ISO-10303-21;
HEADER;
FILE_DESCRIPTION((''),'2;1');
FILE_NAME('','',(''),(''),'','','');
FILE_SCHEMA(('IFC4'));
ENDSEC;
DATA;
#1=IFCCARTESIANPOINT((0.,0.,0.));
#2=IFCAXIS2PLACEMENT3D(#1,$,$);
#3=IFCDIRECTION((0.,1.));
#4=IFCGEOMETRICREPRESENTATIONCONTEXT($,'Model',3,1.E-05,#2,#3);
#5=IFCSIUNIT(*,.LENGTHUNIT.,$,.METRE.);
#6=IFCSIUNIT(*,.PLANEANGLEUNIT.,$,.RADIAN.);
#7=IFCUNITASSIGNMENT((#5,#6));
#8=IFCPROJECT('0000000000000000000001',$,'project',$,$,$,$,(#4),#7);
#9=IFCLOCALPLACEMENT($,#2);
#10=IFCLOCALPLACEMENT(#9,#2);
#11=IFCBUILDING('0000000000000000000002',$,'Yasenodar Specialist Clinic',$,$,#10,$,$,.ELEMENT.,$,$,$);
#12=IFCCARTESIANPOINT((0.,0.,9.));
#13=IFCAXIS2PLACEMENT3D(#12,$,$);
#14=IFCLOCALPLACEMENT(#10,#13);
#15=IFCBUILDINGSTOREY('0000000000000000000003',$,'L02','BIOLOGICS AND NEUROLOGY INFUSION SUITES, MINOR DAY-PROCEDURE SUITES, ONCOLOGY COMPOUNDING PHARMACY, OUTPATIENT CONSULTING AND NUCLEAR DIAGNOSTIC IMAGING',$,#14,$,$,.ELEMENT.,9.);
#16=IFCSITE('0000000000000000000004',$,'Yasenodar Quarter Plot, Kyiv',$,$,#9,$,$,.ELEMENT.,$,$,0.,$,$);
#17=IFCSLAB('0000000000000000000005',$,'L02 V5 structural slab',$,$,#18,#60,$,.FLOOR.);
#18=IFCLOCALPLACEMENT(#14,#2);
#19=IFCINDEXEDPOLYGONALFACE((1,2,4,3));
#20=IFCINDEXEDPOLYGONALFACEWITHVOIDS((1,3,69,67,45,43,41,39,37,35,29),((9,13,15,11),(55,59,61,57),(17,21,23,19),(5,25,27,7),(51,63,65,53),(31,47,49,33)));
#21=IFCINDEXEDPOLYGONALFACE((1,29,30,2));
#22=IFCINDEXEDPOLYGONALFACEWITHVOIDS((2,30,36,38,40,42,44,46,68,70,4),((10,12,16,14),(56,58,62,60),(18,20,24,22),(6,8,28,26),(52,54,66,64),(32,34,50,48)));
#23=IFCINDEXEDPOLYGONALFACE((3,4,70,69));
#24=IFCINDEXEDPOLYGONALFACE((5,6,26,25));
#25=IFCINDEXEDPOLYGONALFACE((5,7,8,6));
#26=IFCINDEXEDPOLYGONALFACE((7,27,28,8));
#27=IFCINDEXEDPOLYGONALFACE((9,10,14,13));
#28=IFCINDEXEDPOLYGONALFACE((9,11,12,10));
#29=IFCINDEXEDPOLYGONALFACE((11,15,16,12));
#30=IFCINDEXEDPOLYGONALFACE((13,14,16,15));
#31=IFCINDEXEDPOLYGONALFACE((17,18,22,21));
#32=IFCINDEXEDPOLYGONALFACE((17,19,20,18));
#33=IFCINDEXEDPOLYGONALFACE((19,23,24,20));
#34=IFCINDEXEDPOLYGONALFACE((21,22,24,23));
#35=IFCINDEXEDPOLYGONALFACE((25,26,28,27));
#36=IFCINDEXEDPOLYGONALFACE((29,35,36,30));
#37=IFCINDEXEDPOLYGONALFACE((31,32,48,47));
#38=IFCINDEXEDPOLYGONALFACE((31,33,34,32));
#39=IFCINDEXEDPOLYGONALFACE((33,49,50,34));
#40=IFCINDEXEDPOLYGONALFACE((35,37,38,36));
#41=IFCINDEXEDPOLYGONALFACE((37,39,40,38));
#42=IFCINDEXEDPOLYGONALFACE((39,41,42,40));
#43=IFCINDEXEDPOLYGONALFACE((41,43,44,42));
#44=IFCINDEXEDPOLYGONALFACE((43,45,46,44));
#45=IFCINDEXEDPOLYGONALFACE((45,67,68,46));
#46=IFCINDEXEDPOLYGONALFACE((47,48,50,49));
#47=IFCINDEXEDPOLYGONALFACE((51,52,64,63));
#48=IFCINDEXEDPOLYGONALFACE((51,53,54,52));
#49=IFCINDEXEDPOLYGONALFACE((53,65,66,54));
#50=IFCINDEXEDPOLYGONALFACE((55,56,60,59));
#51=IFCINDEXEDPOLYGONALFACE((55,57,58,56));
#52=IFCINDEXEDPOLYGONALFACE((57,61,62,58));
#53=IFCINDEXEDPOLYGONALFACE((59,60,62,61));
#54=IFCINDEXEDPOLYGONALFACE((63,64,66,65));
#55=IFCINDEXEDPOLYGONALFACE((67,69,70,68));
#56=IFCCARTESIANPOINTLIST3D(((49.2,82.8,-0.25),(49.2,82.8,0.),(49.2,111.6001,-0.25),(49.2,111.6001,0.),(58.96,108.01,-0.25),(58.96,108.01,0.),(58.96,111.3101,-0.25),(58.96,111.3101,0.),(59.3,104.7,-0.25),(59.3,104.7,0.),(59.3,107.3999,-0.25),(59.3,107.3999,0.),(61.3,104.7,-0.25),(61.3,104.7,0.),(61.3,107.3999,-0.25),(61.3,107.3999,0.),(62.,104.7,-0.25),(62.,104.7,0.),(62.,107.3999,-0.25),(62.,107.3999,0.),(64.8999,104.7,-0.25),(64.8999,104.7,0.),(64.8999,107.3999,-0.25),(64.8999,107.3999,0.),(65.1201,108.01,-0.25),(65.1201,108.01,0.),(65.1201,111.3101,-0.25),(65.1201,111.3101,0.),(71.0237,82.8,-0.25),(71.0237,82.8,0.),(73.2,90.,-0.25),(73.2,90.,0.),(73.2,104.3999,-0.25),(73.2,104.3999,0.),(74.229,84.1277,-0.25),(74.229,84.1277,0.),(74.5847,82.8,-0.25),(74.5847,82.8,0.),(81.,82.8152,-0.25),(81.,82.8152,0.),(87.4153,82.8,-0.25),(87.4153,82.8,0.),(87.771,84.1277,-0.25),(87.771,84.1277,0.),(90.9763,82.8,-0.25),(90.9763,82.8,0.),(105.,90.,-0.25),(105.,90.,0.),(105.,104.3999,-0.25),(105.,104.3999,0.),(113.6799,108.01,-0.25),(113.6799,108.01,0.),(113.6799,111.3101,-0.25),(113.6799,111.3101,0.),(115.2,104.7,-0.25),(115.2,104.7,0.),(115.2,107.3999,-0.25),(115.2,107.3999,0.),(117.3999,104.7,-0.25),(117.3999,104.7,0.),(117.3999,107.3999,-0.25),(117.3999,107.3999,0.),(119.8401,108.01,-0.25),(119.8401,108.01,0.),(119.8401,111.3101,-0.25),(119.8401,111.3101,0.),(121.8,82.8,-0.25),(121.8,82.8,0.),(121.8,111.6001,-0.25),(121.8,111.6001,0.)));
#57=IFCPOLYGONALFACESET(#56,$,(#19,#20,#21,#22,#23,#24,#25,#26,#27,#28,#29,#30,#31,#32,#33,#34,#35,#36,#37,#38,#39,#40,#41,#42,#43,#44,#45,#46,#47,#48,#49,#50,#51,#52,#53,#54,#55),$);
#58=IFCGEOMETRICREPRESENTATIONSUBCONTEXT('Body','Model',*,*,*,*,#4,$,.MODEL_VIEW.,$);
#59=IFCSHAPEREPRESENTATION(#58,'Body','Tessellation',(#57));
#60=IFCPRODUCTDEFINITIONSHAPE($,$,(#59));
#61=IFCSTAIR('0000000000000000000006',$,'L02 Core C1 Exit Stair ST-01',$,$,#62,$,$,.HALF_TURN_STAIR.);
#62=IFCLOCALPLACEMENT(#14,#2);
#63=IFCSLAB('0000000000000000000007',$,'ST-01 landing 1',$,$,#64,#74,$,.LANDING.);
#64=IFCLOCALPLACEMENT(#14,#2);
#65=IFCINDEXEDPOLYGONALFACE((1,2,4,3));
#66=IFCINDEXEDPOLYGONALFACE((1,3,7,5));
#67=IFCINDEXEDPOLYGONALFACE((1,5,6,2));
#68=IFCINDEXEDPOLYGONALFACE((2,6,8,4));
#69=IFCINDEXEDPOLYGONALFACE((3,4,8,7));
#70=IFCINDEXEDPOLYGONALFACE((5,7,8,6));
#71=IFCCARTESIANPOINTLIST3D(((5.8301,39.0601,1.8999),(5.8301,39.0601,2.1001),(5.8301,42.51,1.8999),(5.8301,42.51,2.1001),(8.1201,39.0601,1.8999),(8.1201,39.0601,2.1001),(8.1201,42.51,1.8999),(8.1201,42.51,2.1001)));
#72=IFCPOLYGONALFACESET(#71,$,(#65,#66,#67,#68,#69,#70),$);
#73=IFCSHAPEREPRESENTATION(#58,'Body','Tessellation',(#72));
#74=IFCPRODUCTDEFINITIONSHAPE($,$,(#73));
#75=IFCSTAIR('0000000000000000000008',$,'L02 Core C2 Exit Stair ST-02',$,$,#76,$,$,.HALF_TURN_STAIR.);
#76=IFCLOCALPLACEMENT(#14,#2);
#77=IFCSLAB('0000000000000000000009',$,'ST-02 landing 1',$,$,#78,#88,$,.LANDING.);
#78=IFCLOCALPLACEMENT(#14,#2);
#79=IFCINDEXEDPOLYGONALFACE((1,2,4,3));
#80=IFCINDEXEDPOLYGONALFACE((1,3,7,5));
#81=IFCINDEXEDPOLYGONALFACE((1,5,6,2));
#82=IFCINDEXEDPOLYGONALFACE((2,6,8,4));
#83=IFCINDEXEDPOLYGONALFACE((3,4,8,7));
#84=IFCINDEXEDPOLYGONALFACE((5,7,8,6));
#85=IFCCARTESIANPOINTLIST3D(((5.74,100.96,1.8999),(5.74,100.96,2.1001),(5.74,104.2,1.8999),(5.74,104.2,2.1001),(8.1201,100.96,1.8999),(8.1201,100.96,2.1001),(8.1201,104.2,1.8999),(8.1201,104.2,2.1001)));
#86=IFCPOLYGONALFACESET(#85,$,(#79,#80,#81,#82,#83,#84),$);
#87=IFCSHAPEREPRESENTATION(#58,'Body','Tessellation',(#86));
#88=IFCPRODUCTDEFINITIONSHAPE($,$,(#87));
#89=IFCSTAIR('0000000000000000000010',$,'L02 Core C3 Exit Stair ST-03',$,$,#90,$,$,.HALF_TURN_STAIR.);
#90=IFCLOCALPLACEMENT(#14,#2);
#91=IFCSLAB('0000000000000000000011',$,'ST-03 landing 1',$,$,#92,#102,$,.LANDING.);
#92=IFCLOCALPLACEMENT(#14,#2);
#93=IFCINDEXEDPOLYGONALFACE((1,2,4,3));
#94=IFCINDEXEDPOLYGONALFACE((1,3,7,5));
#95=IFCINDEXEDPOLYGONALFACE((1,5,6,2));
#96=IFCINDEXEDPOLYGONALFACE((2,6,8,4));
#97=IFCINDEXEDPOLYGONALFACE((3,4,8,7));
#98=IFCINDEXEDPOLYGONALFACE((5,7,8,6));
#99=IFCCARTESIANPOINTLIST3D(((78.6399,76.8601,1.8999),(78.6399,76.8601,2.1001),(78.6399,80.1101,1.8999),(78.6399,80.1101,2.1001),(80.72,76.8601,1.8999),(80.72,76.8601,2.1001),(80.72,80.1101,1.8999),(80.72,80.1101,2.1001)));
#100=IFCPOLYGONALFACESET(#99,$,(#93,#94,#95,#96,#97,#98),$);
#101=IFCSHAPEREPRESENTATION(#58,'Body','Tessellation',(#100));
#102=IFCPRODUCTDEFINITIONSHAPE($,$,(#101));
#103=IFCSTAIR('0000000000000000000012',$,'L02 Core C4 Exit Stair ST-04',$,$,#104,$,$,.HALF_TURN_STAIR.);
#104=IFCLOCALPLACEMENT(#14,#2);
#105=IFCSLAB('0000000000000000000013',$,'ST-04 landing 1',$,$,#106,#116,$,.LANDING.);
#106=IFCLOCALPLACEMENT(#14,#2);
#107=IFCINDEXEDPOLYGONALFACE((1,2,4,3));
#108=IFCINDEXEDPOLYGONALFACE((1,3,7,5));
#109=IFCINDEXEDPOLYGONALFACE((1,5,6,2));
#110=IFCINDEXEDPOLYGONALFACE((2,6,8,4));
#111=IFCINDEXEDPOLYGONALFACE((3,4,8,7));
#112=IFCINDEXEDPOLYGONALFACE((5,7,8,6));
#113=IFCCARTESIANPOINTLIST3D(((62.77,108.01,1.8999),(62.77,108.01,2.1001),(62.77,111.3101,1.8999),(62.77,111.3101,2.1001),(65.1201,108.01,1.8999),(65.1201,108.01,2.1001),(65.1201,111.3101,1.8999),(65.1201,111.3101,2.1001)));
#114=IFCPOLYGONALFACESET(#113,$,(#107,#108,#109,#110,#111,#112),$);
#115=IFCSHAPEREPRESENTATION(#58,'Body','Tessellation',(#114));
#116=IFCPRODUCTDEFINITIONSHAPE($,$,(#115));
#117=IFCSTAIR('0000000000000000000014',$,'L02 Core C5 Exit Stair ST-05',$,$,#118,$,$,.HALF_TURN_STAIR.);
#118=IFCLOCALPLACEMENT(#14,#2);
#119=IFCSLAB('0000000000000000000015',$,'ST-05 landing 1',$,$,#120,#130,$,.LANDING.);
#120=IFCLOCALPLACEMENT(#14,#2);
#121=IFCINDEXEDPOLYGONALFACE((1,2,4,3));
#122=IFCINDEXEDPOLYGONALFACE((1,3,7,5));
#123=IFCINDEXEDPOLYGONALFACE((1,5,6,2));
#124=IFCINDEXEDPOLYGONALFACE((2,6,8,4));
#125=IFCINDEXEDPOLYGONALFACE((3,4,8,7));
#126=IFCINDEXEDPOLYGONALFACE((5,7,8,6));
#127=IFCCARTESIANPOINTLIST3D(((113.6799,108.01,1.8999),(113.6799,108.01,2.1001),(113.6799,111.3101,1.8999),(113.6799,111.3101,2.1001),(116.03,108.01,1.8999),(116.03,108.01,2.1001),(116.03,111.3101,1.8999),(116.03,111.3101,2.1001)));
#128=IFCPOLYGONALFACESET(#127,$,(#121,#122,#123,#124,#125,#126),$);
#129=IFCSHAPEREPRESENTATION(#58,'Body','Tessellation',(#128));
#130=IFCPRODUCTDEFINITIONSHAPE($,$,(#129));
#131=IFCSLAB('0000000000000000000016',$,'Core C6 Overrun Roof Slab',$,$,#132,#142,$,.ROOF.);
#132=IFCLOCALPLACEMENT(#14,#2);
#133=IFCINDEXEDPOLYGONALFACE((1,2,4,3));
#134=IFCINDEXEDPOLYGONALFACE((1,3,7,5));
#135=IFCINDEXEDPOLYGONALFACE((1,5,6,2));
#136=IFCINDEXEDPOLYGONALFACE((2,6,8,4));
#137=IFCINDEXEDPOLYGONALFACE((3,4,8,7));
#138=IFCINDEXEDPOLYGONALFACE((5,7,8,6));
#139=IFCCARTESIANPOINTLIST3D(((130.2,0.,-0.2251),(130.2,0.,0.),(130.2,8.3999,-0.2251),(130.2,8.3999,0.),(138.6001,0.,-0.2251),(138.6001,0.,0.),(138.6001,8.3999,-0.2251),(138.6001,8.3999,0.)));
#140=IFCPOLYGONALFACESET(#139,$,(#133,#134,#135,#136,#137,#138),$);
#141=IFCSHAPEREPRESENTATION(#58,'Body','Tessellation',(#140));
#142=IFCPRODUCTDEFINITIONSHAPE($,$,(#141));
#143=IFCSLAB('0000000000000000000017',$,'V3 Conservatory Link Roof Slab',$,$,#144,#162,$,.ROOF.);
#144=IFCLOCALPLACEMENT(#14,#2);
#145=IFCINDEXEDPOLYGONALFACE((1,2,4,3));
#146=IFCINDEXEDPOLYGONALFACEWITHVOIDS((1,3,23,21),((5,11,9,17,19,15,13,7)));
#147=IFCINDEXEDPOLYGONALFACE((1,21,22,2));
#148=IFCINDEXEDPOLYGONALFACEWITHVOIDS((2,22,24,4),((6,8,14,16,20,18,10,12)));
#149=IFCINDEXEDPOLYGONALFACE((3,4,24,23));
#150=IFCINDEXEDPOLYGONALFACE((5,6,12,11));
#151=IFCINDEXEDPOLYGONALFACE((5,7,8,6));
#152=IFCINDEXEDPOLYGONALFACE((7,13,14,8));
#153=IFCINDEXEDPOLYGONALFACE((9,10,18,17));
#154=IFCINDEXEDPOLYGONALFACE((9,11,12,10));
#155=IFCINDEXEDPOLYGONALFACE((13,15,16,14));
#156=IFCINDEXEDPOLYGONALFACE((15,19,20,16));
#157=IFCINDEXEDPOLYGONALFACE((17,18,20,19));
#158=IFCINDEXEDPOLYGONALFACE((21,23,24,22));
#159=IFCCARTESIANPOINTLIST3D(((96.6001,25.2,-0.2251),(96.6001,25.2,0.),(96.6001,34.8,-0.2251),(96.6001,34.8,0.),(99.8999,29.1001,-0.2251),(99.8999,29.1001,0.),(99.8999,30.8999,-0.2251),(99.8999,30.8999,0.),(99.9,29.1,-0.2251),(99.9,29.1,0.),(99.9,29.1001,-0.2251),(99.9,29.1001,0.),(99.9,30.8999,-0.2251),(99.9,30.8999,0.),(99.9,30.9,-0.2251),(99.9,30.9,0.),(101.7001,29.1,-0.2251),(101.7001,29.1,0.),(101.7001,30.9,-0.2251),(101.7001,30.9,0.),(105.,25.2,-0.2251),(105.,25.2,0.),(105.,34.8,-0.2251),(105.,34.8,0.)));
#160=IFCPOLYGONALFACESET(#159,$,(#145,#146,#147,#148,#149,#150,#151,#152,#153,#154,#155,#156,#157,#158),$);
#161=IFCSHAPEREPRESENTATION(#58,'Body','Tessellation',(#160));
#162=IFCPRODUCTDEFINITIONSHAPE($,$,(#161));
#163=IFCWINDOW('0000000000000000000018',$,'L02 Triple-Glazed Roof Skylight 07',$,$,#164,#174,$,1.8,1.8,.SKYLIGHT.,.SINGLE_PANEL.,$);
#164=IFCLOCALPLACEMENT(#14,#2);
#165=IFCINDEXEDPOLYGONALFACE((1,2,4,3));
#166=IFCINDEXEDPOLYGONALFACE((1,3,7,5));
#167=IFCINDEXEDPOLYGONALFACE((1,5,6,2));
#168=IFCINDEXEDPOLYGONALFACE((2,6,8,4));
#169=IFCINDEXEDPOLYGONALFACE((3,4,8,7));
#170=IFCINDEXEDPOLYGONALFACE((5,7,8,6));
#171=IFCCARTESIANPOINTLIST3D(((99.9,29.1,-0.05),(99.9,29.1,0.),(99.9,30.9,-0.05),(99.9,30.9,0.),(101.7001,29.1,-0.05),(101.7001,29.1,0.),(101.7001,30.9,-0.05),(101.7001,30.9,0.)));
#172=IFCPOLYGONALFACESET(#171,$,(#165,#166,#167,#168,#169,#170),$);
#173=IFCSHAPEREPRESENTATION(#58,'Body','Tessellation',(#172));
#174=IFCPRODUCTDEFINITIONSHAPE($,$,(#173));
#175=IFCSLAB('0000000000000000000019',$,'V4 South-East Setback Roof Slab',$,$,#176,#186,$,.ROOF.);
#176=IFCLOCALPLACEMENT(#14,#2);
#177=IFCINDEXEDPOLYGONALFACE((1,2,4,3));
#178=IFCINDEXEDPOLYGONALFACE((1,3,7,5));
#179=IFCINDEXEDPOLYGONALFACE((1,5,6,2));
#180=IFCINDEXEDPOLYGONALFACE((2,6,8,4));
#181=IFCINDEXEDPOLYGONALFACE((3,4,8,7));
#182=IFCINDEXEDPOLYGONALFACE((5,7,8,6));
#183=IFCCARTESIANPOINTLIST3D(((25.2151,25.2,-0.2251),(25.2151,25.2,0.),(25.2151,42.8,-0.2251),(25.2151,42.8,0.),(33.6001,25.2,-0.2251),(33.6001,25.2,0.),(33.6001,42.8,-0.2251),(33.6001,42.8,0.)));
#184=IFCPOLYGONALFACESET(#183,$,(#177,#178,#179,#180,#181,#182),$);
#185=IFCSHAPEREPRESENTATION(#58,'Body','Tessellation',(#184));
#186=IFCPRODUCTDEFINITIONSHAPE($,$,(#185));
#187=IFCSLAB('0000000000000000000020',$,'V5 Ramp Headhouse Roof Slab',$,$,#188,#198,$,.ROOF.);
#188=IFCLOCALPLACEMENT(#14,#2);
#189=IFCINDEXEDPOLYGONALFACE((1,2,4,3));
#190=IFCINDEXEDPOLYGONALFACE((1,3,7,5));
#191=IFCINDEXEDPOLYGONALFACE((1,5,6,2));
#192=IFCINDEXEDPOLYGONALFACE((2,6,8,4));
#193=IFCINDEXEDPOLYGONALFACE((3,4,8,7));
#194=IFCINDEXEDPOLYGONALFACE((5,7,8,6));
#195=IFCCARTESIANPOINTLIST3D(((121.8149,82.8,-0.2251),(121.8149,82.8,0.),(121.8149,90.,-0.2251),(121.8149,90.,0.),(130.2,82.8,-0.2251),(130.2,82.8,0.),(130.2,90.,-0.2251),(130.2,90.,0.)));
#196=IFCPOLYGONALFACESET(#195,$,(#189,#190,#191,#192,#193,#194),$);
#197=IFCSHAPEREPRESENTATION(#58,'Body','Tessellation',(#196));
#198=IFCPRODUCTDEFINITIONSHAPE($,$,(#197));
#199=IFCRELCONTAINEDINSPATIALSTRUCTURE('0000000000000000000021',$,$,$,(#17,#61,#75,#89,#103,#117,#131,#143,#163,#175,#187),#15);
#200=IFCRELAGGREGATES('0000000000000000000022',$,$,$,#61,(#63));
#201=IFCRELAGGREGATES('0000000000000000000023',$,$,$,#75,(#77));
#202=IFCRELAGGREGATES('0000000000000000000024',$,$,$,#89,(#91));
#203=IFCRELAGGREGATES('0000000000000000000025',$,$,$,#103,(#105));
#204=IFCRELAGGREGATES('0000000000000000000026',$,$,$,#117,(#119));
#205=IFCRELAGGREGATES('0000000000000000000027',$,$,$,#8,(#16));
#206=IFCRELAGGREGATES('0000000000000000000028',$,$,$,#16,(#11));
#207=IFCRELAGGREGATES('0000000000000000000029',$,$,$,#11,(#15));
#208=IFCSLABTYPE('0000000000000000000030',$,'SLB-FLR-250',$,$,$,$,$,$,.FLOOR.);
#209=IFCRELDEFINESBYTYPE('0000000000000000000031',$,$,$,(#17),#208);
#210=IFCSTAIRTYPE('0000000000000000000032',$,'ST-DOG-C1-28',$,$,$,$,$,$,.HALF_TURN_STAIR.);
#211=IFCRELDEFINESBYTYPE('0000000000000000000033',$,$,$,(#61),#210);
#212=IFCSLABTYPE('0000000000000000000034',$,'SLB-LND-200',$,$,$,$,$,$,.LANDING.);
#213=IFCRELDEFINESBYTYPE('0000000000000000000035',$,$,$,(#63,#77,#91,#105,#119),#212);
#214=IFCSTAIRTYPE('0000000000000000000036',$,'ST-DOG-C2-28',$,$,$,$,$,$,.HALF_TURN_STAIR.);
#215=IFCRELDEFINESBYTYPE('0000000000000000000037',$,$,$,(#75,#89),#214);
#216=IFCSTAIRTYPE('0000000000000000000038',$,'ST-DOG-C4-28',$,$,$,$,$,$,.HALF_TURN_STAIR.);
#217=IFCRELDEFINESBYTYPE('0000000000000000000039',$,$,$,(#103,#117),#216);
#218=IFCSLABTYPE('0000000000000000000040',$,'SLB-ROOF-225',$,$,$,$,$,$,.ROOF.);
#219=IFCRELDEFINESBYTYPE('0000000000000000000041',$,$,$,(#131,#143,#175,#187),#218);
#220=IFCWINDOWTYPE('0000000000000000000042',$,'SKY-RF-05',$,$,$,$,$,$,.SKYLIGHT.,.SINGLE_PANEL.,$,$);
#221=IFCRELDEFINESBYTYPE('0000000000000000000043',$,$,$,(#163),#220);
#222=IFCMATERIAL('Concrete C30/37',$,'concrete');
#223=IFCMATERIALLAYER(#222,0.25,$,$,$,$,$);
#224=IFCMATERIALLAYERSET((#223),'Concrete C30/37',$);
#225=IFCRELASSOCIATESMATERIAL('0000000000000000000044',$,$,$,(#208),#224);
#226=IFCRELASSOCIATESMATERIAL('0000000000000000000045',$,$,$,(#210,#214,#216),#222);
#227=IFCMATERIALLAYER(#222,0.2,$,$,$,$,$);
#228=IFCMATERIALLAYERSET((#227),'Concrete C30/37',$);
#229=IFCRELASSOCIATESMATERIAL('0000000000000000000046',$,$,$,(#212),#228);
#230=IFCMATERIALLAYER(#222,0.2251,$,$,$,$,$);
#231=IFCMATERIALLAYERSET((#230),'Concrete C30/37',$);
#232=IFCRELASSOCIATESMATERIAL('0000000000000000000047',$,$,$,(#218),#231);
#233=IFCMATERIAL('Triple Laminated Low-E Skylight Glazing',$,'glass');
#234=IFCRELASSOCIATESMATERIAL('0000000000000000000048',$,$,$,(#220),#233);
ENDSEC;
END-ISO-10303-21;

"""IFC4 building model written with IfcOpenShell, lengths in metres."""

from ifc_helpers import new_model, si_unit, direction, frame, origin, origin_2d, place, context, subcontext, project, spatial, polyline, rectangle, outline, extrude, material, layer, layer_set, type_object, element, fill, aggregate, save


model = new_model("IFC4")

# Units and contexts
model_context = context("Model", 3, precision=1e-05, world=origin(), true_north=direction((0.0, 1.0)))
body_context = subcontext(model_context, "Body", "Model", "MODEL_VIEW")
ifc_project = project(units=[si_unit("LENGTHUNIT", "METRE"), si_unit("PLANEANGLEUNIT", "RADIAN")], contexts=[model_context])

# Site, building, storey
site_placement = place(None, origin())
site = spatial("IfcSite", under=ifc_project, at=site_placement, Name="Yasenodar Quarter Plot, Kyiv", CompositionType="ELEMENT", RefElevation=0.0)
building_placement = place(site_placement, origin())
building = spatial("IfcBuilding", under=site, at=building_placement, Name="Yasenodar Specialist Clinic", CompositionType="ELEMENT")
storey_placement = place(building_placement, frame((0.0, 0.0, 9.0)))
storey = spatial("IfcBuildingStorey", under=building, at=storey_placement, Name="L02", Description="BIOLOGICS AND NEUROLOGY INFUSION SUITES, MINOR DAY-PROCEDURE SUITES, ONCOLOGY COMPOUNDING PHARMACY, OUTPATIENT CONSULTING AND NUCLEAR DIAGNOSTIC IMAGING", CompositionType="ELEMENT", Elevation=9.0)

# Slab
ifc_material_1 = material(Name="Concrete C30/37", Category="concrete")
ifc_layer_1 = layer(ifc_material_1, 0.25)
ifc_layer_set_1 = layer_set([ifc_layer_1], Name="Concrete C30/37")
slab_type_1 = type_object("IfcSlabType", Name="SLB-FLR-250", PredefinedType="FLOOR", material=ifc_layer_set_1)
slab_1_placement = place(storey_placement, frame((0.0, 0.0, -0.25)))
element("IfcSlab", 1, at=slab_1_placement, inside=storey, type_object=slab_type_1, Name="L02 V5 structural slab", PredefinedType="FLOOR", context=body_context, shape_type="SweptSolid", body=[
    extrude(outline(polyline([(49.2, 82.8), (49.2, 111.6001), (121.8, 111.6001), (121.8, 82.8), (90.9763, 82.8), (87.771, 84.1277), (87.4153, 82.8), (81.0, 82.8152), (74.5847, 82.8), (74.229, 84.1277), (71.0237, 82.8), (49.2, 82.8)]), holes=[polyline([(65.1201, 108.01), (65.1201, 111.3101), (58.96, 111.3101), (58.96, 108.01), (65.1201, 108.01)]), polyline([(119.8401, 108.01), (119.8401, 111.3101), (113.6799, 111.3101), (113.6799, 108.01), (119.8401, 108.01)]), polyline([(61.3, 104.7), (61.3, 107.3999), (59.3, 107.3999), (59.3, 104.7), (61.3, 104.7)]), polyline([(64.8999, 104.7), (64.8999, 107.3999), (62.0, 107.3999), (62.0, 104.7), (64.8999, 104.7)]), polyline([(117.3999, 104.7), (117.3999, 107.3999), (115.2, 107.3999), (115.2, 104.7), (117.3999, 104.7)]), polyline([(105.0, 90.0), (105.0, 104.3999), (73.2, 104.3999), (73.2, 90.0), (105.0, 90.0)])]), origin(), (0.0, 0.0, 1.0), 0.25),
])

# Stairs, slabs
stair_type_1 = type_object("IfcStairType", Name="ST-DOG-C1-28", PredefinedType="HALF_TURN_STAIR", material=ifc_material_1)
stair_1_placement = place(storey_placement, origin())
stair_1 = element("IfcStair", 2, at=stair_1_placement, inside=storey, type_object=stair_type_1, Name="L02 Core C1 Exit Stair ST-01", PredefinedType="HALF_TURN_STAIR")
ifc_layer_2 = layer(ifc_material_1, 0.2)
ifc_layer_set_2 = layer_set([ifc_layer_2], Name="Concrete C30/37")
slab_type_2 = type_object("IfcSlabType", Name="SLB-LND-200", PredefinedType="LANDING", material=ifc_layer_set_2)
slab_2_placement = place(storey_placement, frame((0.0, 0.0, 1.8999)))
slab_2 = element("IfcSlab", 3, at=slab_2_placement, type_object=slab_type_2, Name="ST-01 landing 1", PredefinedType="LANDING", context=body_context, shape_type="SweptSolid", body=[
    extrude(outline(polyline([(5.8301, 39.0601), (8.1201, 39.0601), (8.1201, 42.51), (5.8301, 42.51), (5.8301, 39.0601)])), origin(), (0.0, 0.0, 1.0), 0.2002),
])
aggregate(stair_1, [slab_2])
stair_type_2 = type_object("IfcStairType", Name="ST-DOG-C2-28", PredefinedType="HALF_TURN_STAIR", material=ifc_material_1)
stair_2_placement = place(storey_placement, origin())
stair_2 = element("IfcStair", 4, at=stair_2_placement, inside=storey, type_object=stair_type_2, Name="L02 Core C2 Exit Stair ST-02", PredefinedType="HALF_TURN_STAIR")
slab_3_placement = place(storey_placement, frame((0.0, 0.0, 1.8999)))
slab_3 = element("IfcSlab", 5, at=slab_3_placement, type_object=slab_type_2, Name="ST-02 landing 1", PredefinedType="LANDING", context=body_context, shape_type="SweptSolid", body=[
    extrude(outline(polyline([(5.74, 100.96), (8.1201, 100.96), (8.1201, 104.2), (5.74, 104.2), (5.74, 100.96)])), origin(), (0.0, 0.0, 1.0), 0.2002),
])
aggregate(stair_2, [slab_3])
stair_3_placement = place(storey_placement, origin())
stair_3 = element("IfcStair", 6, at=stair_3_placement, inside=storey, type_object=stair_type_2, Name="L02 Core C3 Exit Stair ST-03", PredefinedType="HALF_TURN_STAIR")
slab_4_placement = place(storey_placement, frame((0.0, 0.0, 1.8999)))
slab_4 = element("IfcSlab", 7, at=slab_4_placement, type_object=slab_type_2, Name="ST-03 landing 1", PredefinedType="LANDING", context=body_context, shape_type="SweptSolid", body=[
    extrude(outline(polyline([(78.6399, 76.8601), (80.72, 76.8601), (80.72, 80.1101), (78.6399, 80.1101), (78.6399, 76.8601)])), origin(), (0.0, 0.0, 1.0), 0.2002),
])
aggregate(stair_3, [slab_4])
stair_type_3 = type_object("IfcStairType", Name="ST-DOG-C4-28", PredefinedType="HALF_TURN_STAIR", material=ifc_material_1)
stair_4_placement = place(storey_placement, origin())
stair_4 = element("IfcStair", 8, at=stair_4_placement, inside=storey, type_object=stair_type_3, Name="L02 Core C4 Exit Stair ST-04", PredefinedType="HALF_TURN_STAIR")
slab_5_placement = place(storey_placement, frame((0.0, 0.0, 1.8999)))
slab_5 = element("IfcSlab", 9, at=slab_5_placement, type_object=slab_type_2, Name="ST-04 landing 1", PredefinedType="LANDING", context=body_context, shape_type="SweptSolid", body=[
    extrude(outline(polyline([(62.77, 108.01), (65.1201, 108.01), (65.1201, 111.3101), (62.77, 111.3101), (62.77, 108.01)])), origin(), (0.0, 0.0, 1.0), 0.2002),
])
aggregate(stair_4, [slab_5])
stair_5_placement = place(storey_placement, origin())
stair_5 = element("IfcStair", 10, at=stair_5_placement, inside=storey, type_object=stair_type_3, Name="L02 Core C5 Exit Stair ST-05", PredefinedType="HALF_TURN_STAIR")
slab_6_placement = place(storey_placement, frame((0.0, 0.0, 1.8999)))
slab_6 = element("IfcSlab", 11, at=slab_6_placement, type_object=slab_type_2, Name="ST-05 landing 1", PredefinedType="LANDING", context=body_context, shape_type="SweptSolid", body=[
    extrude(outline(polyline([(116.03, 111.3101), (113.6799, 111.3101), (113.6799, 108.01), (116.03, 108.01), (116.03, 111.3101)])), origin(), (0.0, 0.0, 1.0), 0.2002),
])
aggregate(stair_5, [slab_6])

# Slab
ifc_layer_3 = layer(ifc_material_1, 0.2251)
ifc_layer_set_3 = layer_set([ifc_layer_3], Name="Concrete C30/37")
slab_type_3 = type_object("IfcSlabType", Name="SLB-ROOF-225", PredefinedType="ROOF", material=ifc_layer_set_3)
slab_7_placement = place(storey_placement, frame((0.0, 0.0, -0.2251)))
element("IfcSlab", 12, at=slab_7_placement, inside=storey, type_object=slab_type_3, Name="Core C6 Overrun Roof Slab", PredefinedType="ROOF", context=body_context, shape_type="SweptSolid", body=[
    extrude(outline(polyline([(130.2, 0.0), (138.6001, 0.0), (138.6001, 8.3999), (130.2, 8.3999), (130.2, 0.0)])), origin(), (0.0, 0.0, 1.0), 0.2251),
])

# Slab, opening, window
slab_8_placement = place(storey_placement, frame((0.0, 0.0, -0.2251)))
slab_8 = element("IfcSlab", 13, at=slab_8_placement, inside=storey, type_object=slab_type_3, Name="V3 Conservatory Link Roof Slab", PredefinedType="ROOF", context=body_context, shape_type="SweptSolid", body=[
    extrude(outline(polyline([(96.6001, 25.2), (105.0, 25.2), (105.0, 34.8), (96.6001, 34.8), (96.6001, 25.2)]), holes=[polyline([(99.8999, 29.1001), (101.7, 29.1001), (101.7, 30.8999), (99.8999, 30.8999), (99.8999, 29.1001)])]), origin(), (0.0, 0.0, 1.0), 0.2251),
])
opening_placement = place(slab_8_placement, frame((100.8, 30.0, -0.01)))
opening = element("IfcOpeningElement", 14, at=opening_placement, cuts=slab_8, PredefinedType="OPENING", context=body_context, shape_type="SweptSolid", body=[
    extrude(rectangle(XDim=1.8, YDim=1.8, at=origin_2d()), origin(), (0.0, 0.0, 1.0), 0.2451),
])
ifc_material_2 = material(Name="Triple Laminated Low-E Skylight Glazing", Category="glass")
window_type = type_object("IfcWindowType", Name="SKY-RF-05", PartitioningType="SINGLE_PANEL", PredefinedType="SKYLIGHT", material=ifc_material_2)
window_placement = place(slab_8_placement, frame((100.8, 30.0, 0.175)))
window = element("IfcWindow", 15, at=window_placement, inside=storey, type_object=window_type, Name="L02 Triple-Glazed Roof Skylight 07", OverallHeight=1.8, OverallWidth=1.8, PartitioningType="SINGLE_PANEL", PredefinedType="SKYLIGHT", context=body_context, shape_type="SweptSolid", body=[
    extrude(rectangle(XDim=1.8, YDim=1.8, at=origin_2d()), origin(), (0.0, 0.0, 1.0), 0.05),
])
fill(opening, window)

# Slabs
slab_9_placement = place(storey_placement, frame((0.0, 0.0, -0.2251)))
element("IfcSlab", 16, at=slab_9_placement, inside=storey, type_object=slab_type_3, Name="V4 South-East Setback Roof Slab", PredefinedType="ROOF", context=body_context, shape_type="SweptSolid", body=[
    extrude(outline(polyline([(33.6001, 42.8), (33.6001, 25.2), (25.2151, 25.2), (25.2151, 42.8), (33.6001, 42.8)])), origin(), (0.0, 0.0, 1.0), 0.2251),
])
slab_10_placement = place(storey_placement, frame((0.0, 0.0, -0.2251)))
element("IfcSlab", 17, at=slab_10_placement, inside=storey, type_object=slab_type_3, Name="V5 Ramp Headhouse Roof Slab", PredefinedType="ROOF", context=body_context, shape_type="SweptSolid", body=[
    extrude(outline(polyline([(130.2, 90.0), (130.2, 82.8), (121.8149, 82.8), (121.8149, 90.0), (130.2, 90.0)])), origin(), (0.0, 0.0, 1.0), 0.2251),
])

save(model, "model.ifc")
